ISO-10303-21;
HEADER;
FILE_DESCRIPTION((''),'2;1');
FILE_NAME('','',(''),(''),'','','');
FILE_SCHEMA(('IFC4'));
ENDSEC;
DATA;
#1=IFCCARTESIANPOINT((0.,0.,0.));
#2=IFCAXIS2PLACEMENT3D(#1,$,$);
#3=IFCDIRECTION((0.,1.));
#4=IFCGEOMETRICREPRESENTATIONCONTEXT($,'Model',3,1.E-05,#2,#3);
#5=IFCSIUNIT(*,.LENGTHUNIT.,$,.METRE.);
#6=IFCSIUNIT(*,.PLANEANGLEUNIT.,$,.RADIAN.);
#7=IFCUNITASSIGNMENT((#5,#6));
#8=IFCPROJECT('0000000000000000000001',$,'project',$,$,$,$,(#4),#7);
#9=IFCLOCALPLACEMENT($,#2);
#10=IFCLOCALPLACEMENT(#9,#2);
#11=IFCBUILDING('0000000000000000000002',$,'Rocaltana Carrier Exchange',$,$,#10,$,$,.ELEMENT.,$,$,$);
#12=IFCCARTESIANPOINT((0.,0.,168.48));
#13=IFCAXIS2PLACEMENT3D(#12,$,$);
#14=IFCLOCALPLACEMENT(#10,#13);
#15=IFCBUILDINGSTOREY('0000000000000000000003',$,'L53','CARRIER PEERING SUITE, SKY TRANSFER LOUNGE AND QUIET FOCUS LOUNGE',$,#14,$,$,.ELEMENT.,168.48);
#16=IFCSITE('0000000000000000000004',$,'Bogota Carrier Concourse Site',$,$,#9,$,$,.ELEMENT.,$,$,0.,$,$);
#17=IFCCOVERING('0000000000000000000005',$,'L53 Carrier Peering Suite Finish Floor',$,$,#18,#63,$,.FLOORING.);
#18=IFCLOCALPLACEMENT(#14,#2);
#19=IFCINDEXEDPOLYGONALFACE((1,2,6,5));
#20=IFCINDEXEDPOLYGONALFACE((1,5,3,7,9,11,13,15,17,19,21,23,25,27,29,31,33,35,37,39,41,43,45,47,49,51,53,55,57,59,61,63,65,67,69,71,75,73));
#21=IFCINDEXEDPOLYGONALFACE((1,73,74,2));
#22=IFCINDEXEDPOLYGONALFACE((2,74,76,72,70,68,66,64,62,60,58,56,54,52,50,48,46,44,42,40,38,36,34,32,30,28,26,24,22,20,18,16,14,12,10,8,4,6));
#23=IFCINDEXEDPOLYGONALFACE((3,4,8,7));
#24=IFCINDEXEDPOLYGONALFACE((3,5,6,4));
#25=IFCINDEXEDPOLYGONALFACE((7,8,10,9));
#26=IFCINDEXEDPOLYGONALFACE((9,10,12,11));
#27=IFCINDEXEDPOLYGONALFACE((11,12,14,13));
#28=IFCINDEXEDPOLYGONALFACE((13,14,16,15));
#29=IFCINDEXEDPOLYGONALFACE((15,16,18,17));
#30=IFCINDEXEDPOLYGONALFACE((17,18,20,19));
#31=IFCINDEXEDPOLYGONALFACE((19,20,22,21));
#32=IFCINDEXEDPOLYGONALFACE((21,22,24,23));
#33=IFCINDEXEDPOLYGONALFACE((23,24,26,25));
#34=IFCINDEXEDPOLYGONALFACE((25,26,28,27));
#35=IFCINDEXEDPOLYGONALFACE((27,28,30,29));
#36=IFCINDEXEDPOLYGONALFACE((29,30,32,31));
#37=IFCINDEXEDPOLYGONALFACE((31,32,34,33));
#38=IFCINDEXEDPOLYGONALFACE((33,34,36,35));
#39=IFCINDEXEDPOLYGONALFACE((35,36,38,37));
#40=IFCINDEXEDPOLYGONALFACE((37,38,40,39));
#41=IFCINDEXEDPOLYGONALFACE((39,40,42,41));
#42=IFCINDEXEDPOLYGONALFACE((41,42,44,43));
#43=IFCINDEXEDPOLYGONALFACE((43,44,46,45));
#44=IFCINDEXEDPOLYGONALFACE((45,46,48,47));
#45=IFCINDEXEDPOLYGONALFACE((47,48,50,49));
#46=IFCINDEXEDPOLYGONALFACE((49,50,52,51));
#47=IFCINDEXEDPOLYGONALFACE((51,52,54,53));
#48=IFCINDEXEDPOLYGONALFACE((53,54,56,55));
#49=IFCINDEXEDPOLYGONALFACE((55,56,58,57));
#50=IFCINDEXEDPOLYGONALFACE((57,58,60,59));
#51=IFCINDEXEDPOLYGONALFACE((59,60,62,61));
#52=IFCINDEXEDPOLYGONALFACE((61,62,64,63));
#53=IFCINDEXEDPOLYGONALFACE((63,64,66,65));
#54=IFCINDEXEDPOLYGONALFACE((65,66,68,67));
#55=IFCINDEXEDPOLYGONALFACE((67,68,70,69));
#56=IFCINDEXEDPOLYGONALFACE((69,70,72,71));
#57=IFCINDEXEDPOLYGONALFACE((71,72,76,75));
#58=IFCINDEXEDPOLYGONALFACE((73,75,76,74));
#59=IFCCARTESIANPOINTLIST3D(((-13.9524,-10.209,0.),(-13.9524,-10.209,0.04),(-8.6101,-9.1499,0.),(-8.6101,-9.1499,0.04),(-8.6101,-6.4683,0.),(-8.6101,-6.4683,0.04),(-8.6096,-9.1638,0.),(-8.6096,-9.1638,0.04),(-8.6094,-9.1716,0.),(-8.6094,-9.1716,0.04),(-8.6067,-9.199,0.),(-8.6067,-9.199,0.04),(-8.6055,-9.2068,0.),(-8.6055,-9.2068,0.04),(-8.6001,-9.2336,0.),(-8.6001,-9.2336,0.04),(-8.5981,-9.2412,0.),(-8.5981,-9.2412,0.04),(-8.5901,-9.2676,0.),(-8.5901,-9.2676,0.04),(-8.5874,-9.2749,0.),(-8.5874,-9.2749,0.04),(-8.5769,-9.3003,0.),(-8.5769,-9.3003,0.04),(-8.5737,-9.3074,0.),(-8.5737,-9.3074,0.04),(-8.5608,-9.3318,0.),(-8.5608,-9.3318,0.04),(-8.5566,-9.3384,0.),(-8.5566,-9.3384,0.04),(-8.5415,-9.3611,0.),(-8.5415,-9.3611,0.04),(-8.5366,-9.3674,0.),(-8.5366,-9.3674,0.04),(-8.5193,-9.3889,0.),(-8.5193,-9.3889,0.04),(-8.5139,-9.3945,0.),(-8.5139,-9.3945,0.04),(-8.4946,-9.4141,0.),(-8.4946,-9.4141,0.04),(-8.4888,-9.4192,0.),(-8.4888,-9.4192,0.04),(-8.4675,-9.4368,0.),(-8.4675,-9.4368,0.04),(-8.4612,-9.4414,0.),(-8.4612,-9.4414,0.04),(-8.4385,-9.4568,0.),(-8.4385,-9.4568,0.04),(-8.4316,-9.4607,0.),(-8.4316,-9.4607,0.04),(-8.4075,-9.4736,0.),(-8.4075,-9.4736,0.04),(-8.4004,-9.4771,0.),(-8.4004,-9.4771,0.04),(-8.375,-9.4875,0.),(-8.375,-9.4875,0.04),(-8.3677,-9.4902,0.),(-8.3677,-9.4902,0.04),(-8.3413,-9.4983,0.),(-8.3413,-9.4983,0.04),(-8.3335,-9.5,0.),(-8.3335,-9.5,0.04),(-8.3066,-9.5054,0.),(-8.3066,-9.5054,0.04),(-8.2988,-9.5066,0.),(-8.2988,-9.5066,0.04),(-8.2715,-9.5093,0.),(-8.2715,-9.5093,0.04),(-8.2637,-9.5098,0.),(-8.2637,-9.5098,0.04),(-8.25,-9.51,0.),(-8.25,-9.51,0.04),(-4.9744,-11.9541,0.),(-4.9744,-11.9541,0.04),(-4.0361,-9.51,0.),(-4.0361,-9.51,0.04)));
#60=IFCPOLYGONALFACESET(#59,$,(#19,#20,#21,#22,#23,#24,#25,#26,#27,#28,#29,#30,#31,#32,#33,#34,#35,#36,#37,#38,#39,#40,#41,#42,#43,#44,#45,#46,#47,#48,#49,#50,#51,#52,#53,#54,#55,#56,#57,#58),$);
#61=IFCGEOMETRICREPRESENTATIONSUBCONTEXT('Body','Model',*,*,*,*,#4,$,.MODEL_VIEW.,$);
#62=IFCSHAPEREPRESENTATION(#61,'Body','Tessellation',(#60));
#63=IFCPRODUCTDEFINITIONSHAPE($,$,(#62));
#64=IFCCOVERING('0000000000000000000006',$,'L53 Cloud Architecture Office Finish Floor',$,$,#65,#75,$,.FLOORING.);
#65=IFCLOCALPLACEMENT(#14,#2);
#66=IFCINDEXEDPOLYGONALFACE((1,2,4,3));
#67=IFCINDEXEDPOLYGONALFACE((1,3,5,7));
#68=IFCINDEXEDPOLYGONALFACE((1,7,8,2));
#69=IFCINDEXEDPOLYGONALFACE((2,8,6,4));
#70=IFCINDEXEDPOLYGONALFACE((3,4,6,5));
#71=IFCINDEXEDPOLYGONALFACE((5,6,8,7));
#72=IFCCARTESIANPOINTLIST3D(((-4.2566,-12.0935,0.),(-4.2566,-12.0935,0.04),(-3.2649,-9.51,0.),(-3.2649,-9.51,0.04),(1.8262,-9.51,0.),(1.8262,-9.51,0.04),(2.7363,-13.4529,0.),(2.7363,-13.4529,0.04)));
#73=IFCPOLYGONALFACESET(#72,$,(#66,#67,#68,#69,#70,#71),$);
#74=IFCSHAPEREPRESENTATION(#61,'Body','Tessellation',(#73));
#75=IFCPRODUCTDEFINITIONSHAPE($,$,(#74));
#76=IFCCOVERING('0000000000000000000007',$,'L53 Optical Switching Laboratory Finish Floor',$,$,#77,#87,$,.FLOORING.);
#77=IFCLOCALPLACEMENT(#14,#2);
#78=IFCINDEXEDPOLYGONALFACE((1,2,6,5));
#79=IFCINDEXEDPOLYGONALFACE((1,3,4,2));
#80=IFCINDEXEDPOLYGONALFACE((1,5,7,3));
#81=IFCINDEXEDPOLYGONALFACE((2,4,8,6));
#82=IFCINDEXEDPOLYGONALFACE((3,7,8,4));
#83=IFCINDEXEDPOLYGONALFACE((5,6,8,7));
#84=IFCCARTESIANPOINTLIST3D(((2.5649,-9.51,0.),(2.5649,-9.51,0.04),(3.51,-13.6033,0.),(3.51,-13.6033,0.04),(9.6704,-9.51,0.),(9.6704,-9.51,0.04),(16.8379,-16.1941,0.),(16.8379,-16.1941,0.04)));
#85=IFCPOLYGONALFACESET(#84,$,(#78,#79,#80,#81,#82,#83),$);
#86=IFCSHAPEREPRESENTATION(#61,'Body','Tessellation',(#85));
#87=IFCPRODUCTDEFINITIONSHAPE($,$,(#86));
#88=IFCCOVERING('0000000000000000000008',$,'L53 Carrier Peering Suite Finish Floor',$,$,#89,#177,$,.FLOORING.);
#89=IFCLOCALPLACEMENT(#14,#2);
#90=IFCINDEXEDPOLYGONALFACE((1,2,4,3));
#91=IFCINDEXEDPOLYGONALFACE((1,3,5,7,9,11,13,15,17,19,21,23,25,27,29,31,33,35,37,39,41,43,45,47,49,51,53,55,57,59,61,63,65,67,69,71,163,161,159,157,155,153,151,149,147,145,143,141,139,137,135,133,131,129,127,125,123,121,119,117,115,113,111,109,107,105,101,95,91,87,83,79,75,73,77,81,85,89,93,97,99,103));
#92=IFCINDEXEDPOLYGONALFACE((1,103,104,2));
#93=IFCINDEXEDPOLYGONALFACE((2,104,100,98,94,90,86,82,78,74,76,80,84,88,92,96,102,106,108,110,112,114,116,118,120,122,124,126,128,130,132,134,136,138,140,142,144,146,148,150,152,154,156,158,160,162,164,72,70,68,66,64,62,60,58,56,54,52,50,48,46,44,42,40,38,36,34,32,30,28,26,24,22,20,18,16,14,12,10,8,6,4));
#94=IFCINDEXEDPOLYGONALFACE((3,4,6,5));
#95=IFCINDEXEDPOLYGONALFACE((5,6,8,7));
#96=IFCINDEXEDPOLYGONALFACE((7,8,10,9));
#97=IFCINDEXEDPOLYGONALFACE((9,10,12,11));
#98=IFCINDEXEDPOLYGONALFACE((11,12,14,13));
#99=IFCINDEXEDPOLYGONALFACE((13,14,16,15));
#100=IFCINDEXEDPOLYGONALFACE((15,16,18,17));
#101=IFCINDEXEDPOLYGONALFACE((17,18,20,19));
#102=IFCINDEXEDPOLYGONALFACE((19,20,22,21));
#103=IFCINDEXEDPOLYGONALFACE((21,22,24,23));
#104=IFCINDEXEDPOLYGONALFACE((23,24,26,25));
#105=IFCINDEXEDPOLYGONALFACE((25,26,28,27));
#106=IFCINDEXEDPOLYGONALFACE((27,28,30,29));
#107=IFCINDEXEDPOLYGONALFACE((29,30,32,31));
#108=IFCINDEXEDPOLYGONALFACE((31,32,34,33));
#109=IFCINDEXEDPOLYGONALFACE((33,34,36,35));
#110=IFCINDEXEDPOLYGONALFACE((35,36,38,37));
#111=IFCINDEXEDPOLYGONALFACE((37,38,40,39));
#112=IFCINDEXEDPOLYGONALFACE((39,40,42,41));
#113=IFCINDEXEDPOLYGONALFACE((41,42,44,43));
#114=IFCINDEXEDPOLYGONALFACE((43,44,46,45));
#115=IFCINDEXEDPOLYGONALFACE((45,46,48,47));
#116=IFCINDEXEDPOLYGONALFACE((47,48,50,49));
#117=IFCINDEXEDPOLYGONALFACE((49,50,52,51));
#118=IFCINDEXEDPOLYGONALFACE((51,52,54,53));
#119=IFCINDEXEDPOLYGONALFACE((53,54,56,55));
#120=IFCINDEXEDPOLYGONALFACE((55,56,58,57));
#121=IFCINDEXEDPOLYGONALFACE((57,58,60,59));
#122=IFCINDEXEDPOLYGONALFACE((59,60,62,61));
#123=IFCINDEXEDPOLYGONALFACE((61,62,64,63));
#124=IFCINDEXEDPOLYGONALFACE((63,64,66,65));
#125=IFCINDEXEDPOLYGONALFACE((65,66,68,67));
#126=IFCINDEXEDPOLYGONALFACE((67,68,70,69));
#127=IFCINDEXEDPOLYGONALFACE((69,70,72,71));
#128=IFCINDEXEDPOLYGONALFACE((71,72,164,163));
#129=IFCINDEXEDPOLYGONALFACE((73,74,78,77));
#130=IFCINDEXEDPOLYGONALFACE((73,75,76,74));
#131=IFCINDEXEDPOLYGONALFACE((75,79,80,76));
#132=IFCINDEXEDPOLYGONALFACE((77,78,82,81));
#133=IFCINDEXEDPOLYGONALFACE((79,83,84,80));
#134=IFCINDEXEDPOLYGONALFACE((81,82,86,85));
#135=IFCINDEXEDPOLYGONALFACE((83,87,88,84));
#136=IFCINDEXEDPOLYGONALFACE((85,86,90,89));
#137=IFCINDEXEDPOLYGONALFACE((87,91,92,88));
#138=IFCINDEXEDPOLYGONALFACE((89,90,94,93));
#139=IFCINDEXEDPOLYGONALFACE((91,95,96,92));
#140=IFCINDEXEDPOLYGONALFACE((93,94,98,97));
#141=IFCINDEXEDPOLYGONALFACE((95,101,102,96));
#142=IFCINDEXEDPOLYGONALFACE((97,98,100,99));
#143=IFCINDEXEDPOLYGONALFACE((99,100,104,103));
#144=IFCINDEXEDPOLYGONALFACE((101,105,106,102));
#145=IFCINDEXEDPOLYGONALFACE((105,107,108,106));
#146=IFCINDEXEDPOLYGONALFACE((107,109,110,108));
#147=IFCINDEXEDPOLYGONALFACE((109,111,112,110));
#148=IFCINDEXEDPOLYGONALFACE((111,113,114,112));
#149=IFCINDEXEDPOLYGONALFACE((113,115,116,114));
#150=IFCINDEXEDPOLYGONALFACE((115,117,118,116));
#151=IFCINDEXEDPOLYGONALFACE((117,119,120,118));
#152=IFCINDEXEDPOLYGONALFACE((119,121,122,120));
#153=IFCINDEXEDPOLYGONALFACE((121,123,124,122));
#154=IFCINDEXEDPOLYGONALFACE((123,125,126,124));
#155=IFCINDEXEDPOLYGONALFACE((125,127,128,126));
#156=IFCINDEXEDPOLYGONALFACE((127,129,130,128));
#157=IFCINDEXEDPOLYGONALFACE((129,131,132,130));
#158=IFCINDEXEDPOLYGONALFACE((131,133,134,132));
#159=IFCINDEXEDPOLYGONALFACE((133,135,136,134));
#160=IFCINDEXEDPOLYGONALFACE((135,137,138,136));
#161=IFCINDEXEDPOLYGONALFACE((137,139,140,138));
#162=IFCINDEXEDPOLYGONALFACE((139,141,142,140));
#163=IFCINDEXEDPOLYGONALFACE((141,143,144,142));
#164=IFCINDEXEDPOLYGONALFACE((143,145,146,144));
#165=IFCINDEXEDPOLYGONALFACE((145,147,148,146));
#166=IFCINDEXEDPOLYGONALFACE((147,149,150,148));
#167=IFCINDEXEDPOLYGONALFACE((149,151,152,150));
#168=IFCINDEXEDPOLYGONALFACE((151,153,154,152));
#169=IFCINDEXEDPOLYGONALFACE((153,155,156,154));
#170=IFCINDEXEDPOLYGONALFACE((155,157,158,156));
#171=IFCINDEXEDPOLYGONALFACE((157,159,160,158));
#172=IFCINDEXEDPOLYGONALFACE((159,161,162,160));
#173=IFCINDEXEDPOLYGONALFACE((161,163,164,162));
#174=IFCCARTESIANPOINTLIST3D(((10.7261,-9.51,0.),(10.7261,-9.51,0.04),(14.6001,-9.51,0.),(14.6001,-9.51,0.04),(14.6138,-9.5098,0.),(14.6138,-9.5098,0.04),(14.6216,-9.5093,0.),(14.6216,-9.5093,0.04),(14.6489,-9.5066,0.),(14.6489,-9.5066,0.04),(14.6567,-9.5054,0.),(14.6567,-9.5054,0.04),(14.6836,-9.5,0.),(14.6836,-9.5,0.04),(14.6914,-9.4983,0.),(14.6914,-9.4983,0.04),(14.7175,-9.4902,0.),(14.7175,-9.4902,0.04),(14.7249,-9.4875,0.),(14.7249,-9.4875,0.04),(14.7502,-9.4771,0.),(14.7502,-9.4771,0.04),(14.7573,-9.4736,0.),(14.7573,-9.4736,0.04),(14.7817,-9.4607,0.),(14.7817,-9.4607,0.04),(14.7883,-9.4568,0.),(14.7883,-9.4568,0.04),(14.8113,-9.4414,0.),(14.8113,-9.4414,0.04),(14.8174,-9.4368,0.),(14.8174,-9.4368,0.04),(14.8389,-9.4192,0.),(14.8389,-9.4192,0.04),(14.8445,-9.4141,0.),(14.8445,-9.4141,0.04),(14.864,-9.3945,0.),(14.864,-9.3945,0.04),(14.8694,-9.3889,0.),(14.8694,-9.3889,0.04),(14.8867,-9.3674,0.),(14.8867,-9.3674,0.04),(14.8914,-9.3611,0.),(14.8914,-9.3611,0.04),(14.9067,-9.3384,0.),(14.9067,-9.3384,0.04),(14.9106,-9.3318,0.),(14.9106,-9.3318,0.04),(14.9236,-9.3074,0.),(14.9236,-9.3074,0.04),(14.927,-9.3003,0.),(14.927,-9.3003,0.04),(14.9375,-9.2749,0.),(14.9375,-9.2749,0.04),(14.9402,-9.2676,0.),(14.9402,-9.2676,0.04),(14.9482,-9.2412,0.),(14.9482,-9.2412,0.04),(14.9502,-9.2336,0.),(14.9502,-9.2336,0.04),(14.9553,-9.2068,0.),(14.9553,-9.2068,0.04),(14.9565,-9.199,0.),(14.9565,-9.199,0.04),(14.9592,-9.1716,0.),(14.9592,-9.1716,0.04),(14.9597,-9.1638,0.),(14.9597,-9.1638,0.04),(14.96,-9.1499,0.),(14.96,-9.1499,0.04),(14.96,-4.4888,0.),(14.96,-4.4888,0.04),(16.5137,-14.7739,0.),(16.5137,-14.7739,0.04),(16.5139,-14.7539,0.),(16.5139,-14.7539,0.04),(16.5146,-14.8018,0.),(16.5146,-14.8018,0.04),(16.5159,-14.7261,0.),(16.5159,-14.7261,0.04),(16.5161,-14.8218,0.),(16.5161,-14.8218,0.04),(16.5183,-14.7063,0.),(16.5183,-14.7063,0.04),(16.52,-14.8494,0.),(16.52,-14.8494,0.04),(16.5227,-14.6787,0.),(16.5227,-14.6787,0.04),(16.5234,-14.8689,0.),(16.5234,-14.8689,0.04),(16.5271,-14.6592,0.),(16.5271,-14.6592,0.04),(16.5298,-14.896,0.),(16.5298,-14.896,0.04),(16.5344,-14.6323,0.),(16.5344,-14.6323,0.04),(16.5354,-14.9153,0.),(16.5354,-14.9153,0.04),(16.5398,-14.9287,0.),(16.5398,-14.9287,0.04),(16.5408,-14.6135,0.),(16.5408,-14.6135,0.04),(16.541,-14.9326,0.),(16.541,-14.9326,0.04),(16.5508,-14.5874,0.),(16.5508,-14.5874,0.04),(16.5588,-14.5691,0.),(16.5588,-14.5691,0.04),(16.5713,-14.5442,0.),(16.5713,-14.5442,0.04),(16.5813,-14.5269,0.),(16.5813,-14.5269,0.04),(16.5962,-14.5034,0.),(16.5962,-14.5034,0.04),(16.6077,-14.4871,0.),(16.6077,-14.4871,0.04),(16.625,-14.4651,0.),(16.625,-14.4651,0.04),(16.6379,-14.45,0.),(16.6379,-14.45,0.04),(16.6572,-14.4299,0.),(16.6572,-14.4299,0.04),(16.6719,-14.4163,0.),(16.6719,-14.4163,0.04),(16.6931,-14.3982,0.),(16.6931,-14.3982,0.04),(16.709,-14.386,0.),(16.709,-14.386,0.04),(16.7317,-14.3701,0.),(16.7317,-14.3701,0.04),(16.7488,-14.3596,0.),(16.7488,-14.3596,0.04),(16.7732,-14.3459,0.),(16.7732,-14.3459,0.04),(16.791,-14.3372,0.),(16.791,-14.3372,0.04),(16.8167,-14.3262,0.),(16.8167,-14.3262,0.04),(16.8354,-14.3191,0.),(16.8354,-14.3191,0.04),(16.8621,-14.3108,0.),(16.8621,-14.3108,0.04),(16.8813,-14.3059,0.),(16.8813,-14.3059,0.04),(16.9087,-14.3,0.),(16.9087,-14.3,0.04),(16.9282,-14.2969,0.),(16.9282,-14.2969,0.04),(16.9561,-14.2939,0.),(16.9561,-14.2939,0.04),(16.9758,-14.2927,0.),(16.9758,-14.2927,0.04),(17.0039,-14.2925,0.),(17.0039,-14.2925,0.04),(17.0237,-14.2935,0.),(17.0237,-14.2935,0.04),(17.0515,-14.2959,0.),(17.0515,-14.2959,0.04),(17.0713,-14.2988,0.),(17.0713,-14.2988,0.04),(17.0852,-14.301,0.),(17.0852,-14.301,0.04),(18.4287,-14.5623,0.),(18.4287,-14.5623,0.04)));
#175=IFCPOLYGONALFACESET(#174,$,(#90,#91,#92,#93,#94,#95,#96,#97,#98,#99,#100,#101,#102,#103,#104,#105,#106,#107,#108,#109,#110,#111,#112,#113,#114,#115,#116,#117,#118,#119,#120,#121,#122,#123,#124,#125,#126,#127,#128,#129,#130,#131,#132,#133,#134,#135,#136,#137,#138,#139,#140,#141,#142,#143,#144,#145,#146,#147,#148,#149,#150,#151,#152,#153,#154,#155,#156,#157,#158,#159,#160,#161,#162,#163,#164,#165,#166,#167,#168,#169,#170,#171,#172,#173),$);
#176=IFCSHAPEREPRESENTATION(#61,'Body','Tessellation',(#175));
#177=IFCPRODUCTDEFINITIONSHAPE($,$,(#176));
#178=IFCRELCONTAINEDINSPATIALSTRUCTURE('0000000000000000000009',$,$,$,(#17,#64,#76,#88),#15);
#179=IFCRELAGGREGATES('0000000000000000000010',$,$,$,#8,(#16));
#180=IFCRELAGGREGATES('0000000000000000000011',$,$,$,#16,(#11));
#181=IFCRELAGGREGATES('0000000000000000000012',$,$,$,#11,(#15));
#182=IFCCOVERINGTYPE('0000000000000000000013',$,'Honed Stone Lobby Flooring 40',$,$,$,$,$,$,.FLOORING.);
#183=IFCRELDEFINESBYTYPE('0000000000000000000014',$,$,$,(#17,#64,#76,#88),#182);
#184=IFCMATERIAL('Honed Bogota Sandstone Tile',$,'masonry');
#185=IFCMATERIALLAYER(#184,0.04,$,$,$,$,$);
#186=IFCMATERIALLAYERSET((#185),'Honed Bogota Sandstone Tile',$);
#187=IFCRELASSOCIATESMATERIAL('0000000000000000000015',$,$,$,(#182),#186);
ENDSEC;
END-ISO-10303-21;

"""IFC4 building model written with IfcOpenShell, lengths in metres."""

from ifc_helpers import new_model, si_unit, direction, frame, origin, place, context, subcontext, project, spatial, polyline, outline, extrude, material, layer, layer_set, type_object, element, save


model = new_model("IFC4")

# Units and contexts
model_context = context("Model", 3, precision=1e-05, world=origin(), true_north=direction((0.0, 1.0)))
body_context = subcontext(model_context, "Body", "Model", "MODEL_VIEW")
ifc_project = project(units=[si_unit("LENGTHUNIT", "METRE"), si_unit("PLANEANGLEUNIT", "RADIAN")], contexts=[model_context])

# Site, building, storey
site_placement = place(None, origin())
site = spatial("IfcSite", under=ifc_project, at=site_placement, Name="Bogota Carrier Concourse Site", CompositionType="ELEMENT", RefElevation=0.0)
building_placement = place(site_placement, origin())
building = spatial("IfcBuilding", under=site, at=building_placement, Name="Rocaltana Carrier Exchange", CompositionType="ELEMENT")
storey_placement = place(building_placement, frame((0.0, 0.0, 168.48)))
storey = spatial("IfcBuildingStorey", under=building, at=storey_placement, Name="L53", Description="CARRIER PEERING SUITE, SKY TRANSFER LOUNGE AND QUIET FOCUS LOUNGE", CompositionType="ELEMENT", Elevation=168.48)

# Coverings
ifc_material_1 = material(Name="Honed Bogota Sandstone Tile", Category="masonry")
ifc_layer_1 = layer(ifc_material_1, 0.04)
ifc_layer_set_1 = layer_set([ifc_layer_1], Name="Honed Bogota Sandstone Tile")
covering_type_1 = type_object("IfcCoveringType", Name="Honed Stone Lobby Flooring 40", PredefinedType="FLOORING", material=ifc_layer_set_1)
covering_1_placement = place(storey_placement, origin())
element("IfcCovering", 1, at=covering_1_placement, inside=storey, type_object=covering_type_1, Name="L53 Carrier Peering Suite Finish Floor", PredefinedType="FLOORING", context=body_context, shape_type="SweptSolid", body=[
    extrude(outline(polyline([(-13.9524, -10.209), (-8.6101, -6.4683), (-8.6101, -9.1499), (-8.6096, -9.1638), (-8.6094, -9.1716), (-8.6067, -9.199), (-8.6055, -9.2068), (-8.6001, -9.2336), (-8.5981, -9.2412), (-8.5901, -9.2676), (-8.5874, -9.2749), (-8.5769, -9.3003), (-8.5737, -9.3074), (-8.5608, -9.3318), (-8.5566, -9.3384), (-8.5415, -9.3611), (-8.5366, -9.3674), (-8.5193, -9.3889), (-8.5139, -9.3945), (-8.4946, -9.4141), (-8.4888, -9.4192), (-8.4675, -9.4368), (-8.4612, -9.4414), (-8.4385, -9.4568), (-8.4316, -9.4607), (-8.4075, -9.4736), (-8.4004, -9.4771), (-8.375, -9.4875), (-8.3677, -9.4902), (-8.3413, -9.4983), (-8.3335, -9.5), (-8.3066, -9.5054), (-8.2988, -9.5066), (-8.2715, -9.5093), (-8.2637, -9.5098), (-8.25, -9.51), (-4.0361, -9.51), (-4.9744, -11.9541), (-13.9524, -10.209)])), origin(), (0.0, 0.0, 1.0), 0.04),
])
covering_2_placement = place(storey_placement, origin())
element("IfcCovering", 2, at=covering_2_placement, inside=storey, type_object=covering_type_1, Name="L53 Cloud Architecture Office Finish Floor", PredefinedType="FLOORING", context=body_context, shape_type="SweptSolid", body=[
    extrude(outline(polyline([(-4.2566, -12.0935), (-3.2649, -9.51), (1.8262, -9.51), (2.7363, -13.4529), (-4.2566, -12.0935)])), origin(), (0.0, 0.0, 1.0), 0.04),
])
covering_3_placement = place(storey_placement, origin())
element("IfcCovering", 3, at=covering_3_placement, inside=storey, type_object=covering_type_1, Name="L53 Optical Switching Laboratory Finish Floor", PredefinedType="FLOORING", context=body_context, shape_type="SweptSolid", body=[
    extrude(outline(polyline([(16.8379, -16.1941), (3.51, -13.6033), (2.5649, -9.51), (9.6704, -9.51), (16.8379, -16.1941)])), origin(), (0.0, 0.0, 1.0), 0.04),
])
covering_4_placement = place(storey_placement, origin())
element("IfcCovering", 4, at=covering_4_placement, inside=storey, type_object=covering_type_1, Name="L53 Carrier Peering Suite Finish Floor", PredefinedType="FLOORING", context=body_context, shape_type="SweptSolid", body=[
    extrude(outline(polyline([(14.96, -4.4888), (18.4287, -14.5623), (17.0852, -14.301), (17.0713, -14.2988), (17.0515, -14.2959), (17.0237, -14.2935), (17.0039, -14.2925), (16.9758, -14.2927), (16.9561, -14.2939), (16.9282, -14.2969), (16.9087, -14.3), (16.8813, -14.3059), (16.8621, -14.3108), (16.8354, -14.3191), (16.8167, -14.3262), (16.791, -14.3372), (16.7732, -14.3459), (16.7488, -14.3596), (16.7317, -14.3701), (16.709, -14.386), (16.6931, -14.3982), (16.6719, -14.4163), (16.6572, -14.4299), (16.6379, -14.45), (16.625, -14.4651), (16.6077, -14.4871), (16.5962, -14.5034), (16.5813, -14.5269), (16.5713, -14.5442), (16.5588, -14.5691), (16.5508, -14.5874), (16.5408, -14.6135), (16.5344, -14.6323), (16.5271, -14.6592), (16.5227, -14.6787), (16.5183, -14.7063), (16.5159, -14.7261), (16.5139, -14.7539), (16.5137, -14.7739), (16.5146, -14.8018), (16.5161, -14.8218), (16.52, -14.8494), (16.5234, -14.8689), (16.5298, -14.896), (16.5354, -14.9153), (16.5398, -14.9287), (16.541, -14.9326), (10.7261, -9.51), (14.6001, -9.51), (14.6138, -9.5098), (14.6216, -9.5093), (14.6489, -9.5066), (14.6567, -9.5054), (14.6836, -9.5), (14.6914, -9.4983), (14.7175, -9.4902), (14.7249, -9.4875), (14.7502, -9.4771), (14.7573, -9.4736), (14.7817, -9.4607), (14.7883, -9.4568), (14.8113, -9.4414), (14.8174, -9.4368), (14.8389, -9.4192), (14.8445, -9.4141), (14.864, -9.3945), (14.8694, -9.3889), (14.8867, -9.3674), (14.8914, -9.3611), (14.9067, -9.3384), (14.9106, -9.3318), (14.9236, -9.3074), (14.927, -9.3003), (14.9375, -9.2749), (14.9402, -9.2676), (14.9482, -9.2412), (14.9502, -9.2336), (14.9553, -9.2068), (14.9565, -9.199), (14.9592, -9.1716), (14.9597, -9.1638), (14.96, -9.1499), (14.96, -4.4888)])), origin(), (0.0, 0.0, 1.0), 0.04),
])

save(model, "model.ifc")
